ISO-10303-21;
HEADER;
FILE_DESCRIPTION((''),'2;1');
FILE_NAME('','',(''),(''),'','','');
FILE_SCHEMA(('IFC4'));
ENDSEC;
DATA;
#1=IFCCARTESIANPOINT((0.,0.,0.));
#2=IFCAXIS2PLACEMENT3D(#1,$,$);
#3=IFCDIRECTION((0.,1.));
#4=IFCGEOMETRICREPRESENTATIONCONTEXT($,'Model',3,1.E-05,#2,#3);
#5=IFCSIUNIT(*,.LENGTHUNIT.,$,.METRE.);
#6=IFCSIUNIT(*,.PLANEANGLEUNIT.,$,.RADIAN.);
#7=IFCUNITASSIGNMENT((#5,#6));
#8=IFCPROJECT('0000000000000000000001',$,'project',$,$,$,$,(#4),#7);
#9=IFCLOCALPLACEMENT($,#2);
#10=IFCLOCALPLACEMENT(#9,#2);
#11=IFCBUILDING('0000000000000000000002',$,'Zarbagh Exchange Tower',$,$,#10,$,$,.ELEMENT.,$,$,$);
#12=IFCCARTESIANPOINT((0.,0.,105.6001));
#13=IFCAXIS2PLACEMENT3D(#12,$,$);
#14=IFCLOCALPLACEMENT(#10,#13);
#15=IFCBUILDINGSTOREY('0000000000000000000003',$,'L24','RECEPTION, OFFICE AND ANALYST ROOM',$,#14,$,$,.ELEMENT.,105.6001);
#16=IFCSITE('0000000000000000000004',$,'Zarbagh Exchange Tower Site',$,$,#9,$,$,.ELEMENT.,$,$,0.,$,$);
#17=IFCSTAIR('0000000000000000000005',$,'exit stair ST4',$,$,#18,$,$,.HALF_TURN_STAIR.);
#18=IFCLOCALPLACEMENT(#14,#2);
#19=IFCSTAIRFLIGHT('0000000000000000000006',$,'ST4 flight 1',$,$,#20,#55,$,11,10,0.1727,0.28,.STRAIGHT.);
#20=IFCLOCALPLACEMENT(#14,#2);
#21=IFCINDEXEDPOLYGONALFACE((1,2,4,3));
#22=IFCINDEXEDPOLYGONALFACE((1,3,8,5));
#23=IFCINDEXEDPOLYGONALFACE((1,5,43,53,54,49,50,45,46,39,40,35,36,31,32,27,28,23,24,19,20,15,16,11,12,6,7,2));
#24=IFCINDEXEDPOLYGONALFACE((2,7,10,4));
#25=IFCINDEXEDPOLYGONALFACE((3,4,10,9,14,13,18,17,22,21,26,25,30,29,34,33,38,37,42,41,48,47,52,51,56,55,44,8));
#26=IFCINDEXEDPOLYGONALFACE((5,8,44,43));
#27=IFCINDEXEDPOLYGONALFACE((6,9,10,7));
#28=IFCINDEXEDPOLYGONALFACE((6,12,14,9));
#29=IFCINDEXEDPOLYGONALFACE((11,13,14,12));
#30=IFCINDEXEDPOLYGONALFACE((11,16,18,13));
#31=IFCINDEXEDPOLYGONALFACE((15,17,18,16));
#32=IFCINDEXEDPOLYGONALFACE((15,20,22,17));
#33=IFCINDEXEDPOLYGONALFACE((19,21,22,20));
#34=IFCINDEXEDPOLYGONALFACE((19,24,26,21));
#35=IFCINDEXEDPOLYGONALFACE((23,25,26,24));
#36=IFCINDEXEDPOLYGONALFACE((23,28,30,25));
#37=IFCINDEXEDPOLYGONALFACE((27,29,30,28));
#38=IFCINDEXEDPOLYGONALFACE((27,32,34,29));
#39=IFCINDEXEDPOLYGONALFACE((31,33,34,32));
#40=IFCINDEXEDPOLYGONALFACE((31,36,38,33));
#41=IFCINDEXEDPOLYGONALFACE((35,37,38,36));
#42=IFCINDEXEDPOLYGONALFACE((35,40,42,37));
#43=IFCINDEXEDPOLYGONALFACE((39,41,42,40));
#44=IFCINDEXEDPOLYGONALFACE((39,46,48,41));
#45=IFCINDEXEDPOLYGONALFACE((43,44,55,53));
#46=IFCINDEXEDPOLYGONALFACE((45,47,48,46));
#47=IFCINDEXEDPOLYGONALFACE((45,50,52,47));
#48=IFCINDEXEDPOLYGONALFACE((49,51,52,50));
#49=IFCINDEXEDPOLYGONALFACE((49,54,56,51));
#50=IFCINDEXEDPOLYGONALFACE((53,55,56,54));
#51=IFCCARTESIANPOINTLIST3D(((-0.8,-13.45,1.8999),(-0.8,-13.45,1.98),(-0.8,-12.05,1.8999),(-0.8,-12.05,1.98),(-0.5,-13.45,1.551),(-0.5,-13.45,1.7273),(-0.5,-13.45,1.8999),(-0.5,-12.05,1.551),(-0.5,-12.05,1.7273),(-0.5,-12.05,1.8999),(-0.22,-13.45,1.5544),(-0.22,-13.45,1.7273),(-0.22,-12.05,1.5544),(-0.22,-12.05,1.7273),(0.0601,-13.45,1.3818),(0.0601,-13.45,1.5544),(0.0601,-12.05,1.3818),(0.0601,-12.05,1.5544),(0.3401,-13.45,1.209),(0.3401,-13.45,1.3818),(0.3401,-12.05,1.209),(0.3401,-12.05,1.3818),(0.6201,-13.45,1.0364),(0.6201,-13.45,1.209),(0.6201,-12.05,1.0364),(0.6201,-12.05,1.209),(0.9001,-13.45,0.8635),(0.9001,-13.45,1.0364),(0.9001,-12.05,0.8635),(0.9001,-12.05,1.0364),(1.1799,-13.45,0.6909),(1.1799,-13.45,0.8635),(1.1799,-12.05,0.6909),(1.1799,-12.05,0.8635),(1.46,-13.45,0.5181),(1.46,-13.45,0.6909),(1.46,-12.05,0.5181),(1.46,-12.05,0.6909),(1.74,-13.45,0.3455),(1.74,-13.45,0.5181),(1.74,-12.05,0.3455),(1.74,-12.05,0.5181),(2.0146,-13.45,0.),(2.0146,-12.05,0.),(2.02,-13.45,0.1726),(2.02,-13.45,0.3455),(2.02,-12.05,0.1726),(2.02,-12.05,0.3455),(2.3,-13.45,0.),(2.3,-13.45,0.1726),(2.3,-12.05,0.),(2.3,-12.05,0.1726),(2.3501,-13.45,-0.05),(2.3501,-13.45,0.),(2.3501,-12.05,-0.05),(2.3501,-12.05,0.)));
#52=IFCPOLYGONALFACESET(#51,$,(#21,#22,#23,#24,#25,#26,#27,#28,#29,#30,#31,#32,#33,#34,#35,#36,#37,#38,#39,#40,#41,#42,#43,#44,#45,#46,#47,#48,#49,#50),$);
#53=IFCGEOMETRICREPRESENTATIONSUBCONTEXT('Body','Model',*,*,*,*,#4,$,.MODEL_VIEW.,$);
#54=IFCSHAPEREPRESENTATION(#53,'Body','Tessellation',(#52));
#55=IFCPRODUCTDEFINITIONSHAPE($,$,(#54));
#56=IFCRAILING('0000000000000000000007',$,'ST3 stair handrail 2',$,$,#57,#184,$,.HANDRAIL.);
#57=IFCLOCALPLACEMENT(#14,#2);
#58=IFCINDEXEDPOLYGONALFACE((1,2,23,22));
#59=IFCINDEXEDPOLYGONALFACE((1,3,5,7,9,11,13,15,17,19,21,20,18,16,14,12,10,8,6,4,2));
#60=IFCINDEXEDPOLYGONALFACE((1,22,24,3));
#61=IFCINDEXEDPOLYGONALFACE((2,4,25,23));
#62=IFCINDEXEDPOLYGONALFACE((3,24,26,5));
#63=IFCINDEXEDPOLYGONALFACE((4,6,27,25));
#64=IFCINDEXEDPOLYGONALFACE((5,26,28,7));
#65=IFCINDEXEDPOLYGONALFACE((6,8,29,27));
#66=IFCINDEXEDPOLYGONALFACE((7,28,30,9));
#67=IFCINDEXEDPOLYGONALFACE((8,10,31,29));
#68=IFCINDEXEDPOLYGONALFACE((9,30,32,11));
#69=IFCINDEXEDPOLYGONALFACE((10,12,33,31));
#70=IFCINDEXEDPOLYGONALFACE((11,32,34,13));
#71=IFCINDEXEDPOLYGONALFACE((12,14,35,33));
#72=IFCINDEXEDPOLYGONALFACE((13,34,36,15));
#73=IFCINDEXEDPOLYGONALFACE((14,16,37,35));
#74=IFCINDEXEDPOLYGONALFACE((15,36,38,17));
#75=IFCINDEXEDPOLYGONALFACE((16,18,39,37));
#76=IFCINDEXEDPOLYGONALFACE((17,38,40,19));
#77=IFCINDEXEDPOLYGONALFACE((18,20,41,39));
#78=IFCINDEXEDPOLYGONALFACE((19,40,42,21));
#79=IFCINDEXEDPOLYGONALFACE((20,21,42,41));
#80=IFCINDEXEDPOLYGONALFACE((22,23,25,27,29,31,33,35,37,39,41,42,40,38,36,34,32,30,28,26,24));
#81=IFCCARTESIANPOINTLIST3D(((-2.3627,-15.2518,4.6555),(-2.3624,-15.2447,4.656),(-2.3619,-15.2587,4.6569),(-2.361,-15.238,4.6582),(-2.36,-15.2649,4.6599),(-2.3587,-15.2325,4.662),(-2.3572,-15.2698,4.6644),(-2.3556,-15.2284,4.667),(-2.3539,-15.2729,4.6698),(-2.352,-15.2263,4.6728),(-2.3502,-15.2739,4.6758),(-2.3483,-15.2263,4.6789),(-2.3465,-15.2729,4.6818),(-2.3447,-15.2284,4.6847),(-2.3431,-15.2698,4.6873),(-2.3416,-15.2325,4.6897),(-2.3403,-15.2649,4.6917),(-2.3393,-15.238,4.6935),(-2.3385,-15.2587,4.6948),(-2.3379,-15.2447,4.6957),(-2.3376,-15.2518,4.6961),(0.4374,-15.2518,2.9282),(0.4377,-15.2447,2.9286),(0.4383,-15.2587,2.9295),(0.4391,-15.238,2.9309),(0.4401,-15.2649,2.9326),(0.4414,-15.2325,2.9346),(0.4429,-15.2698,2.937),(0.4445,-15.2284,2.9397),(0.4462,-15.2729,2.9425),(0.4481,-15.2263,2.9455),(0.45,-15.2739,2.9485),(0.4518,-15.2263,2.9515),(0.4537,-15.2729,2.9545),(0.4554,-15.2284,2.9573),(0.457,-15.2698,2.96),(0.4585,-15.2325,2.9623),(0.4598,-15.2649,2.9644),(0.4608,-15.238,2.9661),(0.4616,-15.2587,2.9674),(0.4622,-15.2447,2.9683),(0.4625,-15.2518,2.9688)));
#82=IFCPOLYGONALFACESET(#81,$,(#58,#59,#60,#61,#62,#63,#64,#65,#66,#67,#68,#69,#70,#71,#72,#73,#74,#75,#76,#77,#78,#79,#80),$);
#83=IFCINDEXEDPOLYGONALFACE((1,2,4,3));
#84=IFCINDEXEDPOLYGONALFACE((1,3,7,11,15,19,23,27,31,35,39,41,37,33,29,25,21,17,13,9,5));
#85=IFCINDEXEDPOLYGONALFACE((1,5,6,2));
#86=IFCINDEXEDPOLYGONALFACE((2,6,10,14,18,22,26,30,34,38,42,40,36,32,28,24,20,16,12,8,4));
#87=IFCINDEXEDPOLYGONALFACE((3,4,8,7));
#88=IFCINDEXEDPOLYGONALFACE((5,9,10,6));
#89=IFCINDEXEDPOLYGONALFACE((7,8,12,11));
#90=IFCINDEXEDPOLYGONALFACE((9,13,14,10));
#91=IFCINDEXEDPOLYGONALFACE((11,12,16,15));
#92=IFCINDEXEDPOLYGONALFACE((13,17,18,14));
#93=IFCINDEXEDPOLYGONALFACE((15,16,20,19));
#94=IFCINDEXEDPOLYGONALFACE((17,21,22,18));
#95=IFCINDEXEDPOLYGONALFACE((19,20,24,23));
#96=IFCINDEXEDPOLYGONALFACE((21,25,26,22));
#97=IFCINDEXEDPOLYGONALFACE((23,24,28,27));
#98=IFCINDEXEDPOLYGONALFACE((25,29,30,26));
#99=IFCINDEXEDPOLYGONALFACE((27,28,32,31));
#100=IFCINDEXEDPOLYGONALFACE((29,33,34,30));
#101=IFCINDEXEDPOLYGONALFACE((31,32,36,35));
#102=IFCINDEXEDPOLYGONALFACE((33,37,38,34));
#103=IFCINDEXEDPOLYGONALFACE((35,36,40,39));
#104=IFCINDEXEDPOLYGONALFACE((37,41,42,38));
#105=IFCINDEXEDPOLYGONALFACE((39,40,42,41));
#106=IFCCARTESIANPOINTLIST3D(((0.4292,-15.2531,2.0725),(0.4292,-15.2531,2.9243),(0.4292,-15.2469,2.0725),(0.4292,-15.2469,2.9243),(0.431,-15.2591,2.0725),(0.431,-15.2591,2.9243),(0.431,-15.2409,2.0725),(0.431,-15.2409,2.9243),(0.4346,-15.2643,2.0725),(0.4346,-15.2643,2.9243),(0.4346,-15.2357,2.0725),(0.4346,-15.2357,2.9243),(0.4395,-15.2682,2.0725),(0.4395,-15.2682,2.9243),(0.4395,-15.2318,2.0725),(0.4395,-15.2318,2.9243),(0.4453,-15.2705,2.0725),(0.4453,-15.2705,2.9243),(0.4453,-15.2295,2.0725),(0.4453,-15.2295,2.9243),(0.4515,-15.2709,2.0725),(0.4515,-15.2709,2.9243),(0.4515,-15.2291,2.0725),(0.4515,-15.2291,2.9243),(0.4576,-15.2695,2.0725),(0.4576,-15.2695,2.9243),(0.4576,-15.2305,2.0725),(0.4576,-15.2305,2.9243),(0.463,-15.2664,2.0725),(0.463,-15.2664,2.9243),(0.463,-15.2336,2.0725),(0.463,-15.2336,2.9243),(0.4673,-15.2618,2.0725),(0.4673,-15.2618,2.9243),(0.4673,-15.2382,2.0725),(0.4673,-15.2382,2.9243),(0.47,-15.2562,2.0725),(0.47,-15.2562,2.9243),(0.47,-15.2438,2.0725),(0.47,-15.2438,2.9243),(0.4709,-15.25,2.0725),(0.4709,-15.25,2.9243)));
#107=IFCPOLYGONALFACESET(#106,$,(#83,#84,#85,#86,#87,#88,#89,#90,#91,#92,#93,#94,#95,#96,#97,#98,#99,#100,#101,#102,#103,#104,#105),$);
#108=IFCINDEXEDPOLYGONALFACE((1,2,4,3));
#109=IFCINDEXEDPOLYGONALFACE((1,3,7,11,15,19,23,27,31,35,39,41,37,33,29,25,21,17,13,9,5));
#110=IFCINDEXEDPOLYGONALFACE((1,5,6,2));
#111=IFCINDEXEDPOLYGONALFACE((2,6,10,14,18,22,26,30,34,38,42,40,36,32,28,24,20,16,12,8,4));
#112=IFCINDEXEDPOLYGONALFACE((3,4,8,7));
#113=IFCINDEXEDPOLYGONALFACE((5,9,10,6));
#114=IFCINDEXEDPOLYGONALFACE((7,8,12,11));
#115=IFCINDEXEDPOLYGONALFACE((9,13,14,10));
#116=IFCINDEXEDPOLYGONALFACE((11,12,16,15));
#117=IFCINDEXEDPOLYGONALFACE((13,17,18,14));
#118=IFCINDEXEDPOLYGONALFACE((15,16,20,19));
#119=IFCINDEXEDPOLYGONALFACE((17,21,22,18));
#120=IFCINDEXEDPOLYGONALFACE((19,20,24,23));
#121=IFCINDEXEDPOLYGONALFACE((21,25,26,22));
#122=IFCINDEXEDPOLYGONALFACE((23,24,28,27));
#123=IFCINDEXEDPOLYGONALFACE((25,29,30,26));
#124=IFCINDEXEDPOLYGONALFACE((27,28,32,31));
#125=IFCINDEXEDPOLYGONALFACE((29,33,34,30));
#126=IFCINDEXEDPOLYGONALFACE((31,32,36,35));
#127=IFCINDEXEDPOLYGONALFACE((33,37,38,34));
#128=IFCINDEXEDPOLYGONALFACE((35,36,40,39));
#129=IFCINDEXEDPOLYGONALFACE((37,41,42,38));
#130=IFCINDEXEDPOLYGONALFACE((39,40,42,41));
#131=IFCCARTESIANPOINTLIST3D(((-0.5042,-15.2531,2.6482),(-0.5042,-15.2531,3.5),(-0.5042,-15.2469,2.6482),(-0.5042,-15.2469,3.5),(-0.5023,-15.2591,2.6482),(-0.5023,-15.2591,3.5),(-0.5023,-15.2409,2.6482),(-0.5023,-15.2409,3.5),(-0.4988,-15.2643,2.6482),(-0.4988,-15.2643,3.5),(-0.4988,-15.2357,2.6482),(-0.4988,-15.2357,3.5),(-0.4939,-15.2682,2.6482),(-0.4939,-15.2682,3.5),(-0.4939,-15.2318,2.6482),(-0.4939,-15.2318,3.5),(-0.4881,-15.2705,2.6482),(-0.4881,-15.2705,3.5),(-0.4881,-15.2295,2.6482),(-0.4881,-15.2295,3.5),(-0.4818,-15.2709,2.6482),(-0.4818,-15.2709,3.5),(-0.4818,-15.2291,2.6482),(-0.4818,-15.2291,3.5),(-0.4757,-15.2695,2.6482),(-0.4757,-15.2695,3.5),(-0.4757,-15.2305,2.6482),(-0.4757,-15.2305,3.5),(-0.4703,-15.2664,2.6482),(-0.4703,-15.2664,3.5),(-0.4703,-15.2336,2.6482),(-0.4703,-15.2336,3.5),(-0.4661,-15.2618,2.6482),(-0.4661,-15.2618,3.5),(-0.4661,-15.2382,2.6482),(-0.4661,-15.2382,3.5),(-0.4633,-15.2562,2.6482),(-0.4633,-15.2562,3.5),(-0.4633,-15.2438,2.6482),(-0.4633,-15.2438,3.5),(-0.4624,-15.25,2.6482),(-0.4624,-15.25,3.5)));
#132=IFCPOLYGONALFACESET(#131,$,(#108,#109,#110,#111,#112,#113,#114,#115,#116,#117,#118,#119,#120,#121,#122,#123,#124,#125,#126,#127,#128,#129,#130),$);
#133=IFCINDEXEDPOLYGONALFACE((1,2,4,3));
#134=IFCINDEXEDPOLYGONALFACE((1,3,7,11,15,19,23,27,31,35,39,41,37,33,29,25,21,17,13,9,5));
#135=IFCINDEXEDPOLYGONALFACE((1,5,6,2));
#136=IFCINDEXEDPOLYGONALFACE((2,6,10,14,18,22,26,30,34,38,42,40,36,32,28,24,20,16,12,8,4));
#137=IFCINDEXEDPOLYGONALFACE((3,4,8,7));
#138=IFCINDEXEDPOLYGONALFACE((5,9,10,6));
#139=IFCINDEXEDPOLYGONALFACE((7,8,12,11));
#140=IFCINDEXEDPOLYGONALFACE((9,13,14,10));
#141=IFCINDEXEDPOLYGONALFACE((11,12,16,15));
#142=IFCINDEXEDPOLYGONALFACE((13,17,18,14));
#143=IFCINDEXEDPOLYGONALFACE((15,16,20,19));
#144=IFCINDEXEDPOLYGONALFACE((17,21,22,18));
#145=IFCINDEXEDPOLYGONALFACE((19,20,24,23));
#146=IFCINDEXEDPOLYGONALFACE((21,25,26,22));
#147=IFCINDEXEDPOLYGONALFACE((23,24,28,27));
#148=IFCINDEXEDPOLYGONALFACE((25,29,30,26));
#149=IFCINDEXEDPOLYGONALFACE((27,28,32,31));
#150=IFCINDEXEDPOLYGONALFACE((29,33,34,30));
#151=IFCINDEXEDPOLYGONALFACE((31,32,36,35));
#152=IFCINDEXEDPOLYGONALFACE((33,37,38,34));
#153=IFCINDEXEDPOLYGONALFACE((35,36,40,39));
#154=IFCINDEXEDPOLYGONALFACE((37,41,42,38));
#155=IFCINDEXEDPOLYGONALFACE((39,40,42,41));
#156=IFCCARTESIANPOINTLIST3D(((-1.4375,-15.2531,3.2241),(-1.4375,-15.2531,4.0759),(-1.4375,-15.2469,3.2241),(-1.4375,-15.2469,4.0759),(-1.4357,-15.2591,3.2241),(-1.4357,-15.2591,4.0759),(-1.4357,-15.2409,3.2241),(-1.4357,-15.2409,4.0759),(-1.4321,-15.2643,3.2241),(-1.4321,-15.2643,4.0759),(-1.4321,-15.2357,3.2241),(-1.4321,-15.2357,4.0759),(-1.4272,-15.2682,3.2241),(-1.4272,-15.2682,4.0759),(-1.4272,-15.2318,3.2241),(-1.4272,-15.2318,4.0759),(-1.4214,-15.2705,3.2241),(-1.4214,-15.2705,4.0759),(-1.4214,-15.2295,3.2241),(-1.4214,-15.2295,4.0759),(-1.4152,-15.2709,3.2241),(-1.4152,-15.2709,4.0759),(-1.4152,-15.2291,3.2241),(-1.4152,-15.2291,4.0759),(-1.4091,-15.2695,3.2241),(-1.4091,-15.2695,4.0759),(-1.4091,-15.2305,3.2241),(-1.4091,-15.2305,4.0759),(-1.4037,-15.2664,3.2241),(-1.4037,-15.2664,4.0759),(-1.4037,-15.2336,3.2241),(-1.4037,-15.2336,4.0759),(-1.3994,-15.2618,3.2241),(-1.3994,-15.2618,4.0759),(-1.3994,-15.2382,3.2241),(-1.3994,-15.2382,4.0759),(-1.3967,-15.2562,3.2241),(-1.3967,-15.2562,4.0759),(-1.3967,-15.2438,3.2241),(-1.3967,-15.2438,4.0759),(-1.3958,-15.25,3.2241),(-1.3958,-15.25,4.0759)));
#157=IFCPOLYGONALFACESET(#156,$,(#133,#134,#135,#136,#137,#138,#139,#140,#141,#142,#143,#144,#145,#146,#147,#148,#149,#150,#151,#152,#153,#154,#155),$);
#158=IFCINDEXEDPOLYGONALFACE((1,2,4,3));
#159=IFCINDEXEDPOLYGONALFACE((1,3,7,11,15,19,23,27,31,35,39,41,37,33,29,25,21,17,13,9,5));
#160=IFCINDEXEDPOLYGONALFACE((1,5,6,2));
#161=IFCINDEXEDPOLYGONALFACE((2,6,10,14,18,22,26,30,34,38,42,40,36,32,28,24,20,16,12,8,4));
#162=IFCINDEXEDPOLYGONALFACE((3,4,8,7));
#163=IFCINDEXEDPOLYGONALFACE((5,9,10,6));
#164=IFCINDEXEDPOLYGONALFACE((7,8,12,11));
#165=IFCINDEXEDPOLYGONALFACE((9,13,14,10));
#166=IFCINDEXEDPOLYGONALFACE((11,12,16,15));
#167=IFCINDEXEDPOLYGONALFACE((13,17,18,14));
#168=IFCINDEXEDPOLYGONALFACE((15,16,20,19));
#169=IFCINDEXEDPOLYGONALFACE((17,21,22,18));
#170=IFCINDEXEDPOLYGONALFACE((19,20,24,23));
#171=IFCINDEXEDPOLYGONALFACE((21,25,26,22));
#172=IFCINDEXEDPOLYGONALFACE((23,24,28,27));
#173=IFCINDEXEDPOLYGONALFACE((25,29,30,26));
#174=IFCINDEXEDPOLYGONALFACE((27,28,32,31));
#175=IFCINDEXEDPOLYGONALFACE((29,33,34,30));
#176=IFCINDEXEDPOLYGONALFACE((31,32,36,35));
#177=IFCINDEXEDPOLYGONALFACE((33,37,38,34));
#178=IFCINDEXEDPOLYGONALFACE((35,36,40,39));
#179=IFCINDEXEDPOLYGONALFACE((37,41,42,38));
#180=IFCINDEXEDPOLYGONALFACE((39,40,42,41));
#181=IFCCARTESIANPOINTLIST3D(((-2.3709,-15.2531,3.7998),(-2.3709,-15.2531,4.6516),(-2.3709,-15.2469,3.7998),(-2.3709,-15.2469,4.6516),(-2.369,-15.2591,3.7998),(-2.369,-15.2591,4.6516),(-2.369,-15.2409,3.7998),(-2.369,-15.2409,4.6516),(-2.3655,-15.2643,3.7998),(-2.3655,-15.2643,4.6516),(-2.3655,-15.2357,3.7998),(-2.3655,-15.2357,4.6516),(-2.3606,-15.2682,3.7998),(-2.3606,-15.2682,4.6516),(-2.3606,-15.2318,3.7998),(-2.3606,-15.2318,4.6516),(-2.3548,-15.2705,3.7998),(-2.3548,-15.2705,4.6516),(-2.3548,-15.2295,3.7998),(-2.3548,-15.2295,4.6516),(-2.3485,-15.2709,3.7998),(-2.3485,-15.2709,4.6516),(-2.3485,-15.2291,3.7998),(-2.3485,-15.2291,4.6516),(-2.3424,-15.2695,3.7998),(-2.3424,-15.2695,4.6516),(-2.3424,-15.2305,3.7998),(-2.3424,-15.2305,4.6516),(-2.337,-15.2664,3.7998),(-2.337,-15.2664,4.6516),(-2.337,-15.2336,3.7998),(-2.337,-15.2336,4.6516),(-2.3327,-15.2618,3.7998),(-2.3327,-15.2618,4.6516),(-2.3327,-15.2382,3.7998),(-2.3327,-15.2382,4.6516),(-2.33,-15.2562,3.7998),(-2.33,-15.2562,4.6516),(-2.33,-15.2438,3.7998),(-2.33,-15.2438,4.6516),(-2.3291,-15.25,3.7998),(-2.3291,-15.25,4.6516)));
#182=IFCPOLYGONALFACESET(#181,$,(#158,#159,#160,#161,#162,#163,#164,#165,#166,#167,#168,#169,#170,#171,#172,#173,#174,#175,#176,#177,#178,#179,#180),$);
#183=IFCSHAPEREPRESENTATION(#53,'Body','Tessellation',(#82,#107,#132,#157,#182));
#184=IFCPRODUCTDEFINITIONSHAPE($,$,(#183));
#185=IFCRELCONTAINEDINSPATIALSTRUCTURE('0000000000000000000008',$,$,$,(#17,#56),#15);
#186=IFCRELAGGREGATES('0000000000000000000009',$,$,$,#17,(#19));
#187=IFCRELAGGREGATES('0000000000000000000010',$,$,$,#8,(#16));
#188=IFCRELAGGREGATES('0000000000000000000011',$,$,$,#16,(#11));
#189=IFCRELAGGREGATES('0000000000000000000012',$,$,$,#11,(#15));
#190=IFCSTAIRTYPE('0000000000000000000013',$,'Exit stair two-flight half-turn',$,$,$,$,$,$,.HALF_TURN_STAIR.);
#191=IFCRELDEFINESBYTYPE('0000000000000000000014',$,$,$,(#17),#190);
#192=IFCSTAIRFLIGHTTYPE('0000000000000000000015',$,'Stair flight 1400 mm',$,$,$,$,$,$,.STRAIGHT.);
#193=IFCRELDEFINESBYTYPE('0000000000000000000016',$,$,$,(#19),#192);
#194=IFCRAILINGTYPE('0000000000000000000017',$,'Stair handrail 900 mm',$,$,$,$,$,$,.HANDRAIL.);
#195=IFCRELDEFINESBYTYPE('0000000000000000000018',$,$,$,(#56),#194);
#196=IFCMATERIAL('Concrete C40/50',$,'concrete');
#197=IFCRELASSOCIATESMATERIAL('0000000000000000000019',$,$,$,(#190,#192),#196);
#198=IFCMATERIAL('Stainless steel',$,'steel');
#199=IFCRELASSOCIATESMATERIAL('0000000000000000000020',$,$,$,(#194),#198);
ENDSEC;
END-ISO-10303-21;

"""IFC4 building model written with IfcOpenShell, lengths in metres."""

from ifc_helpers import new_model, si_unit, direction, frame, origin, origin_2d, place, context, subcontext, project, spatial, polyline, circle, outline, extrude, material, type_object, element, aggregate, save


model = new_model("IFC4")

# Units and contexts
model_context = context("Model", 3, precision=1e-05, world=origin(), true_north=direction((0.0, 1.0)))
body_context = subcontext(model_context, "Body", "Model", "MODEL_VIEW")
ifc_project = project(units=[si_unit("LENGTHUNIT", "METRE"), si_unit("PLANEANGLEUNIT", "RADIAN")], contexts=[model_context])

# Site, building, storey
site_placement = place(None, origin())
site = spatial("IfcSite", under=ifc_project, at=site_placement, Name="Zarbagh Exchange Tower Site", CompositionType="ELEMENT", RefElevation=0.0)
building_placement = place(site_placement, origin())
building = spatial("IfcBuilding", under=site, at=building_placement, Name="Zarbagh Exchange Tower", CompositionType="ELEMENT")
storey_placement = place(building_placement, frame((0.0, 0.0, 105.6001)))
storey = spatial("IfcBuildingStorey", under=building, at=storey_placement, Name="L24", Description="RECEPTION, OFFICE AND ANALYST ROOM", CompositionType="ELEMENT", Elevation=105.6001)

# Shared definitions
ifc_material_1 = material(Name="Concrete C40/50", Category="concrete")

# Stair, stair flight
stair_type = type_object("IfcStairType", Name="Exit stair two-flight half-turn", PredefinedType="HALF_TURN_STAIR", material=ifc_material_1)
stair_1_placement = place(storey_placement, origin())
stair_1 = element("IfcStair", 1, at=stair_1_placement, inside=storey, type_object=stair_type, Name="exit stair ST4", PredefinedType="HALF_TURN_STAIR")
stair_flight_type_1 = type_object("IfcStairFlightType", Name="Stair flight 1400 mm", PredefinedType="STRAIGHT", material=ifc_material_1)
stair_flight_1_placement = place(storey_placement, frame((2.3, -12.75, 0.0), z_axis=(0.0, 0.0, 1.0), x_axis=(-1.0, 0.0, 0.0)))
stair_flight_1 = element("IfcStairFlight", 2, at=stair_flight_1_placement, type_object=stair_flight_type_1, Name="ST4 flight 1", NumberOfRisers=11, NumberOfTreads=10, PredefinedType="STRAIGHT", RiserHeight=0.1727, TreadLength=0.28, context=body_context, shape_type="SweptSolid", body=[
    extrude(outline(polyline([(-0.05, -0.05), (-0.05, 0.0), (0.0, 0.0), (0.0, 0.1726), (0.28, 0.1726), (0.28, 0.3455), (0.5601, 0.3455), (0.5601, 0.5181), (0.8401, 0.5181), (0.8401, 0.6909), (1.1201, 0.6909), (1.1201, 0.8635), (1.3999, 0.8635), (1.3999, 1.0364), (1.6799, 1.0364), (1.6799, 1.209), (1.96, 1.209), (1.96, 1.3818), (2.24, 1.3818), (2.24, 1.5544), (2.52, 1.5544), (2.52, 1.7273), (2.8, 1.7273), (2.8, 1.8999), (3.1001, 1.98), (3.1001, 1.8999), (2.8, 1.551), (0.2854, 0.0), (-0.05, -0.05)])), frame((0.0, 0.7, 0.0), z_axis=(0.0, -1.0, 0.0), x_axis=(1.0, 0.0, 0.0)), (0.0, 0.0, 1.0), 1.3999),
])
aggregate(stair_1, [stair_flight_1])

# Railing
ifc_material_2 = material(Name="Stainless steel", Category="steel")
railing_type_1 = type_object("IfcRailingType", Name="Stair handrail 900 mm", PredefinedType="HANDRAIL", material=ifc_material_2)
for number, where, name in (
    (3, (0.45, -15.25, 2.0725), "ST3 stair handrail 2"),
):
    element("IfcRailing", number, at=place(storey_placement, frame(where)), inside=storey, type_object=railing_type_1, Name=name, PredefinedType="HANDRAIL", context=body_context, shape_type="SweptSolid", body=[
        extrude(circle(Radius=0.0239, at=origin_2d()), frame((0.0, 0.0, 0.876), z_axis=(-0.85109, 0.0, 0.52502), x_axis=(0.0, -1.0, 0.0)), (0.0, 0.0, 1.0), 3.29),
        extrude(circle(Radius=0.021, at=origin_2d()), origin(), (0.0, 0.0, 1.0), 0.8518),
        extrude(circle(Radius=0.021, at=origin_2d()), frame((-0.9333, 0.0, 0.5757)), (0.0, 0.0, 1.0), 0.8518),
        extrude(circle(Radius=0.021, at=origin_2d()), frame((-1.8667, 0.0, 1.1516)), (0.0, 0.0, 1.0), 0.8518),
        extrude(circle(Radius=0.021, at=origin_2d()), frame((-2.8, 0.0, 1.7273)), (0.0, 0.0, 1.0), 0.8518),
    ])

save(model, "model.ifc")
